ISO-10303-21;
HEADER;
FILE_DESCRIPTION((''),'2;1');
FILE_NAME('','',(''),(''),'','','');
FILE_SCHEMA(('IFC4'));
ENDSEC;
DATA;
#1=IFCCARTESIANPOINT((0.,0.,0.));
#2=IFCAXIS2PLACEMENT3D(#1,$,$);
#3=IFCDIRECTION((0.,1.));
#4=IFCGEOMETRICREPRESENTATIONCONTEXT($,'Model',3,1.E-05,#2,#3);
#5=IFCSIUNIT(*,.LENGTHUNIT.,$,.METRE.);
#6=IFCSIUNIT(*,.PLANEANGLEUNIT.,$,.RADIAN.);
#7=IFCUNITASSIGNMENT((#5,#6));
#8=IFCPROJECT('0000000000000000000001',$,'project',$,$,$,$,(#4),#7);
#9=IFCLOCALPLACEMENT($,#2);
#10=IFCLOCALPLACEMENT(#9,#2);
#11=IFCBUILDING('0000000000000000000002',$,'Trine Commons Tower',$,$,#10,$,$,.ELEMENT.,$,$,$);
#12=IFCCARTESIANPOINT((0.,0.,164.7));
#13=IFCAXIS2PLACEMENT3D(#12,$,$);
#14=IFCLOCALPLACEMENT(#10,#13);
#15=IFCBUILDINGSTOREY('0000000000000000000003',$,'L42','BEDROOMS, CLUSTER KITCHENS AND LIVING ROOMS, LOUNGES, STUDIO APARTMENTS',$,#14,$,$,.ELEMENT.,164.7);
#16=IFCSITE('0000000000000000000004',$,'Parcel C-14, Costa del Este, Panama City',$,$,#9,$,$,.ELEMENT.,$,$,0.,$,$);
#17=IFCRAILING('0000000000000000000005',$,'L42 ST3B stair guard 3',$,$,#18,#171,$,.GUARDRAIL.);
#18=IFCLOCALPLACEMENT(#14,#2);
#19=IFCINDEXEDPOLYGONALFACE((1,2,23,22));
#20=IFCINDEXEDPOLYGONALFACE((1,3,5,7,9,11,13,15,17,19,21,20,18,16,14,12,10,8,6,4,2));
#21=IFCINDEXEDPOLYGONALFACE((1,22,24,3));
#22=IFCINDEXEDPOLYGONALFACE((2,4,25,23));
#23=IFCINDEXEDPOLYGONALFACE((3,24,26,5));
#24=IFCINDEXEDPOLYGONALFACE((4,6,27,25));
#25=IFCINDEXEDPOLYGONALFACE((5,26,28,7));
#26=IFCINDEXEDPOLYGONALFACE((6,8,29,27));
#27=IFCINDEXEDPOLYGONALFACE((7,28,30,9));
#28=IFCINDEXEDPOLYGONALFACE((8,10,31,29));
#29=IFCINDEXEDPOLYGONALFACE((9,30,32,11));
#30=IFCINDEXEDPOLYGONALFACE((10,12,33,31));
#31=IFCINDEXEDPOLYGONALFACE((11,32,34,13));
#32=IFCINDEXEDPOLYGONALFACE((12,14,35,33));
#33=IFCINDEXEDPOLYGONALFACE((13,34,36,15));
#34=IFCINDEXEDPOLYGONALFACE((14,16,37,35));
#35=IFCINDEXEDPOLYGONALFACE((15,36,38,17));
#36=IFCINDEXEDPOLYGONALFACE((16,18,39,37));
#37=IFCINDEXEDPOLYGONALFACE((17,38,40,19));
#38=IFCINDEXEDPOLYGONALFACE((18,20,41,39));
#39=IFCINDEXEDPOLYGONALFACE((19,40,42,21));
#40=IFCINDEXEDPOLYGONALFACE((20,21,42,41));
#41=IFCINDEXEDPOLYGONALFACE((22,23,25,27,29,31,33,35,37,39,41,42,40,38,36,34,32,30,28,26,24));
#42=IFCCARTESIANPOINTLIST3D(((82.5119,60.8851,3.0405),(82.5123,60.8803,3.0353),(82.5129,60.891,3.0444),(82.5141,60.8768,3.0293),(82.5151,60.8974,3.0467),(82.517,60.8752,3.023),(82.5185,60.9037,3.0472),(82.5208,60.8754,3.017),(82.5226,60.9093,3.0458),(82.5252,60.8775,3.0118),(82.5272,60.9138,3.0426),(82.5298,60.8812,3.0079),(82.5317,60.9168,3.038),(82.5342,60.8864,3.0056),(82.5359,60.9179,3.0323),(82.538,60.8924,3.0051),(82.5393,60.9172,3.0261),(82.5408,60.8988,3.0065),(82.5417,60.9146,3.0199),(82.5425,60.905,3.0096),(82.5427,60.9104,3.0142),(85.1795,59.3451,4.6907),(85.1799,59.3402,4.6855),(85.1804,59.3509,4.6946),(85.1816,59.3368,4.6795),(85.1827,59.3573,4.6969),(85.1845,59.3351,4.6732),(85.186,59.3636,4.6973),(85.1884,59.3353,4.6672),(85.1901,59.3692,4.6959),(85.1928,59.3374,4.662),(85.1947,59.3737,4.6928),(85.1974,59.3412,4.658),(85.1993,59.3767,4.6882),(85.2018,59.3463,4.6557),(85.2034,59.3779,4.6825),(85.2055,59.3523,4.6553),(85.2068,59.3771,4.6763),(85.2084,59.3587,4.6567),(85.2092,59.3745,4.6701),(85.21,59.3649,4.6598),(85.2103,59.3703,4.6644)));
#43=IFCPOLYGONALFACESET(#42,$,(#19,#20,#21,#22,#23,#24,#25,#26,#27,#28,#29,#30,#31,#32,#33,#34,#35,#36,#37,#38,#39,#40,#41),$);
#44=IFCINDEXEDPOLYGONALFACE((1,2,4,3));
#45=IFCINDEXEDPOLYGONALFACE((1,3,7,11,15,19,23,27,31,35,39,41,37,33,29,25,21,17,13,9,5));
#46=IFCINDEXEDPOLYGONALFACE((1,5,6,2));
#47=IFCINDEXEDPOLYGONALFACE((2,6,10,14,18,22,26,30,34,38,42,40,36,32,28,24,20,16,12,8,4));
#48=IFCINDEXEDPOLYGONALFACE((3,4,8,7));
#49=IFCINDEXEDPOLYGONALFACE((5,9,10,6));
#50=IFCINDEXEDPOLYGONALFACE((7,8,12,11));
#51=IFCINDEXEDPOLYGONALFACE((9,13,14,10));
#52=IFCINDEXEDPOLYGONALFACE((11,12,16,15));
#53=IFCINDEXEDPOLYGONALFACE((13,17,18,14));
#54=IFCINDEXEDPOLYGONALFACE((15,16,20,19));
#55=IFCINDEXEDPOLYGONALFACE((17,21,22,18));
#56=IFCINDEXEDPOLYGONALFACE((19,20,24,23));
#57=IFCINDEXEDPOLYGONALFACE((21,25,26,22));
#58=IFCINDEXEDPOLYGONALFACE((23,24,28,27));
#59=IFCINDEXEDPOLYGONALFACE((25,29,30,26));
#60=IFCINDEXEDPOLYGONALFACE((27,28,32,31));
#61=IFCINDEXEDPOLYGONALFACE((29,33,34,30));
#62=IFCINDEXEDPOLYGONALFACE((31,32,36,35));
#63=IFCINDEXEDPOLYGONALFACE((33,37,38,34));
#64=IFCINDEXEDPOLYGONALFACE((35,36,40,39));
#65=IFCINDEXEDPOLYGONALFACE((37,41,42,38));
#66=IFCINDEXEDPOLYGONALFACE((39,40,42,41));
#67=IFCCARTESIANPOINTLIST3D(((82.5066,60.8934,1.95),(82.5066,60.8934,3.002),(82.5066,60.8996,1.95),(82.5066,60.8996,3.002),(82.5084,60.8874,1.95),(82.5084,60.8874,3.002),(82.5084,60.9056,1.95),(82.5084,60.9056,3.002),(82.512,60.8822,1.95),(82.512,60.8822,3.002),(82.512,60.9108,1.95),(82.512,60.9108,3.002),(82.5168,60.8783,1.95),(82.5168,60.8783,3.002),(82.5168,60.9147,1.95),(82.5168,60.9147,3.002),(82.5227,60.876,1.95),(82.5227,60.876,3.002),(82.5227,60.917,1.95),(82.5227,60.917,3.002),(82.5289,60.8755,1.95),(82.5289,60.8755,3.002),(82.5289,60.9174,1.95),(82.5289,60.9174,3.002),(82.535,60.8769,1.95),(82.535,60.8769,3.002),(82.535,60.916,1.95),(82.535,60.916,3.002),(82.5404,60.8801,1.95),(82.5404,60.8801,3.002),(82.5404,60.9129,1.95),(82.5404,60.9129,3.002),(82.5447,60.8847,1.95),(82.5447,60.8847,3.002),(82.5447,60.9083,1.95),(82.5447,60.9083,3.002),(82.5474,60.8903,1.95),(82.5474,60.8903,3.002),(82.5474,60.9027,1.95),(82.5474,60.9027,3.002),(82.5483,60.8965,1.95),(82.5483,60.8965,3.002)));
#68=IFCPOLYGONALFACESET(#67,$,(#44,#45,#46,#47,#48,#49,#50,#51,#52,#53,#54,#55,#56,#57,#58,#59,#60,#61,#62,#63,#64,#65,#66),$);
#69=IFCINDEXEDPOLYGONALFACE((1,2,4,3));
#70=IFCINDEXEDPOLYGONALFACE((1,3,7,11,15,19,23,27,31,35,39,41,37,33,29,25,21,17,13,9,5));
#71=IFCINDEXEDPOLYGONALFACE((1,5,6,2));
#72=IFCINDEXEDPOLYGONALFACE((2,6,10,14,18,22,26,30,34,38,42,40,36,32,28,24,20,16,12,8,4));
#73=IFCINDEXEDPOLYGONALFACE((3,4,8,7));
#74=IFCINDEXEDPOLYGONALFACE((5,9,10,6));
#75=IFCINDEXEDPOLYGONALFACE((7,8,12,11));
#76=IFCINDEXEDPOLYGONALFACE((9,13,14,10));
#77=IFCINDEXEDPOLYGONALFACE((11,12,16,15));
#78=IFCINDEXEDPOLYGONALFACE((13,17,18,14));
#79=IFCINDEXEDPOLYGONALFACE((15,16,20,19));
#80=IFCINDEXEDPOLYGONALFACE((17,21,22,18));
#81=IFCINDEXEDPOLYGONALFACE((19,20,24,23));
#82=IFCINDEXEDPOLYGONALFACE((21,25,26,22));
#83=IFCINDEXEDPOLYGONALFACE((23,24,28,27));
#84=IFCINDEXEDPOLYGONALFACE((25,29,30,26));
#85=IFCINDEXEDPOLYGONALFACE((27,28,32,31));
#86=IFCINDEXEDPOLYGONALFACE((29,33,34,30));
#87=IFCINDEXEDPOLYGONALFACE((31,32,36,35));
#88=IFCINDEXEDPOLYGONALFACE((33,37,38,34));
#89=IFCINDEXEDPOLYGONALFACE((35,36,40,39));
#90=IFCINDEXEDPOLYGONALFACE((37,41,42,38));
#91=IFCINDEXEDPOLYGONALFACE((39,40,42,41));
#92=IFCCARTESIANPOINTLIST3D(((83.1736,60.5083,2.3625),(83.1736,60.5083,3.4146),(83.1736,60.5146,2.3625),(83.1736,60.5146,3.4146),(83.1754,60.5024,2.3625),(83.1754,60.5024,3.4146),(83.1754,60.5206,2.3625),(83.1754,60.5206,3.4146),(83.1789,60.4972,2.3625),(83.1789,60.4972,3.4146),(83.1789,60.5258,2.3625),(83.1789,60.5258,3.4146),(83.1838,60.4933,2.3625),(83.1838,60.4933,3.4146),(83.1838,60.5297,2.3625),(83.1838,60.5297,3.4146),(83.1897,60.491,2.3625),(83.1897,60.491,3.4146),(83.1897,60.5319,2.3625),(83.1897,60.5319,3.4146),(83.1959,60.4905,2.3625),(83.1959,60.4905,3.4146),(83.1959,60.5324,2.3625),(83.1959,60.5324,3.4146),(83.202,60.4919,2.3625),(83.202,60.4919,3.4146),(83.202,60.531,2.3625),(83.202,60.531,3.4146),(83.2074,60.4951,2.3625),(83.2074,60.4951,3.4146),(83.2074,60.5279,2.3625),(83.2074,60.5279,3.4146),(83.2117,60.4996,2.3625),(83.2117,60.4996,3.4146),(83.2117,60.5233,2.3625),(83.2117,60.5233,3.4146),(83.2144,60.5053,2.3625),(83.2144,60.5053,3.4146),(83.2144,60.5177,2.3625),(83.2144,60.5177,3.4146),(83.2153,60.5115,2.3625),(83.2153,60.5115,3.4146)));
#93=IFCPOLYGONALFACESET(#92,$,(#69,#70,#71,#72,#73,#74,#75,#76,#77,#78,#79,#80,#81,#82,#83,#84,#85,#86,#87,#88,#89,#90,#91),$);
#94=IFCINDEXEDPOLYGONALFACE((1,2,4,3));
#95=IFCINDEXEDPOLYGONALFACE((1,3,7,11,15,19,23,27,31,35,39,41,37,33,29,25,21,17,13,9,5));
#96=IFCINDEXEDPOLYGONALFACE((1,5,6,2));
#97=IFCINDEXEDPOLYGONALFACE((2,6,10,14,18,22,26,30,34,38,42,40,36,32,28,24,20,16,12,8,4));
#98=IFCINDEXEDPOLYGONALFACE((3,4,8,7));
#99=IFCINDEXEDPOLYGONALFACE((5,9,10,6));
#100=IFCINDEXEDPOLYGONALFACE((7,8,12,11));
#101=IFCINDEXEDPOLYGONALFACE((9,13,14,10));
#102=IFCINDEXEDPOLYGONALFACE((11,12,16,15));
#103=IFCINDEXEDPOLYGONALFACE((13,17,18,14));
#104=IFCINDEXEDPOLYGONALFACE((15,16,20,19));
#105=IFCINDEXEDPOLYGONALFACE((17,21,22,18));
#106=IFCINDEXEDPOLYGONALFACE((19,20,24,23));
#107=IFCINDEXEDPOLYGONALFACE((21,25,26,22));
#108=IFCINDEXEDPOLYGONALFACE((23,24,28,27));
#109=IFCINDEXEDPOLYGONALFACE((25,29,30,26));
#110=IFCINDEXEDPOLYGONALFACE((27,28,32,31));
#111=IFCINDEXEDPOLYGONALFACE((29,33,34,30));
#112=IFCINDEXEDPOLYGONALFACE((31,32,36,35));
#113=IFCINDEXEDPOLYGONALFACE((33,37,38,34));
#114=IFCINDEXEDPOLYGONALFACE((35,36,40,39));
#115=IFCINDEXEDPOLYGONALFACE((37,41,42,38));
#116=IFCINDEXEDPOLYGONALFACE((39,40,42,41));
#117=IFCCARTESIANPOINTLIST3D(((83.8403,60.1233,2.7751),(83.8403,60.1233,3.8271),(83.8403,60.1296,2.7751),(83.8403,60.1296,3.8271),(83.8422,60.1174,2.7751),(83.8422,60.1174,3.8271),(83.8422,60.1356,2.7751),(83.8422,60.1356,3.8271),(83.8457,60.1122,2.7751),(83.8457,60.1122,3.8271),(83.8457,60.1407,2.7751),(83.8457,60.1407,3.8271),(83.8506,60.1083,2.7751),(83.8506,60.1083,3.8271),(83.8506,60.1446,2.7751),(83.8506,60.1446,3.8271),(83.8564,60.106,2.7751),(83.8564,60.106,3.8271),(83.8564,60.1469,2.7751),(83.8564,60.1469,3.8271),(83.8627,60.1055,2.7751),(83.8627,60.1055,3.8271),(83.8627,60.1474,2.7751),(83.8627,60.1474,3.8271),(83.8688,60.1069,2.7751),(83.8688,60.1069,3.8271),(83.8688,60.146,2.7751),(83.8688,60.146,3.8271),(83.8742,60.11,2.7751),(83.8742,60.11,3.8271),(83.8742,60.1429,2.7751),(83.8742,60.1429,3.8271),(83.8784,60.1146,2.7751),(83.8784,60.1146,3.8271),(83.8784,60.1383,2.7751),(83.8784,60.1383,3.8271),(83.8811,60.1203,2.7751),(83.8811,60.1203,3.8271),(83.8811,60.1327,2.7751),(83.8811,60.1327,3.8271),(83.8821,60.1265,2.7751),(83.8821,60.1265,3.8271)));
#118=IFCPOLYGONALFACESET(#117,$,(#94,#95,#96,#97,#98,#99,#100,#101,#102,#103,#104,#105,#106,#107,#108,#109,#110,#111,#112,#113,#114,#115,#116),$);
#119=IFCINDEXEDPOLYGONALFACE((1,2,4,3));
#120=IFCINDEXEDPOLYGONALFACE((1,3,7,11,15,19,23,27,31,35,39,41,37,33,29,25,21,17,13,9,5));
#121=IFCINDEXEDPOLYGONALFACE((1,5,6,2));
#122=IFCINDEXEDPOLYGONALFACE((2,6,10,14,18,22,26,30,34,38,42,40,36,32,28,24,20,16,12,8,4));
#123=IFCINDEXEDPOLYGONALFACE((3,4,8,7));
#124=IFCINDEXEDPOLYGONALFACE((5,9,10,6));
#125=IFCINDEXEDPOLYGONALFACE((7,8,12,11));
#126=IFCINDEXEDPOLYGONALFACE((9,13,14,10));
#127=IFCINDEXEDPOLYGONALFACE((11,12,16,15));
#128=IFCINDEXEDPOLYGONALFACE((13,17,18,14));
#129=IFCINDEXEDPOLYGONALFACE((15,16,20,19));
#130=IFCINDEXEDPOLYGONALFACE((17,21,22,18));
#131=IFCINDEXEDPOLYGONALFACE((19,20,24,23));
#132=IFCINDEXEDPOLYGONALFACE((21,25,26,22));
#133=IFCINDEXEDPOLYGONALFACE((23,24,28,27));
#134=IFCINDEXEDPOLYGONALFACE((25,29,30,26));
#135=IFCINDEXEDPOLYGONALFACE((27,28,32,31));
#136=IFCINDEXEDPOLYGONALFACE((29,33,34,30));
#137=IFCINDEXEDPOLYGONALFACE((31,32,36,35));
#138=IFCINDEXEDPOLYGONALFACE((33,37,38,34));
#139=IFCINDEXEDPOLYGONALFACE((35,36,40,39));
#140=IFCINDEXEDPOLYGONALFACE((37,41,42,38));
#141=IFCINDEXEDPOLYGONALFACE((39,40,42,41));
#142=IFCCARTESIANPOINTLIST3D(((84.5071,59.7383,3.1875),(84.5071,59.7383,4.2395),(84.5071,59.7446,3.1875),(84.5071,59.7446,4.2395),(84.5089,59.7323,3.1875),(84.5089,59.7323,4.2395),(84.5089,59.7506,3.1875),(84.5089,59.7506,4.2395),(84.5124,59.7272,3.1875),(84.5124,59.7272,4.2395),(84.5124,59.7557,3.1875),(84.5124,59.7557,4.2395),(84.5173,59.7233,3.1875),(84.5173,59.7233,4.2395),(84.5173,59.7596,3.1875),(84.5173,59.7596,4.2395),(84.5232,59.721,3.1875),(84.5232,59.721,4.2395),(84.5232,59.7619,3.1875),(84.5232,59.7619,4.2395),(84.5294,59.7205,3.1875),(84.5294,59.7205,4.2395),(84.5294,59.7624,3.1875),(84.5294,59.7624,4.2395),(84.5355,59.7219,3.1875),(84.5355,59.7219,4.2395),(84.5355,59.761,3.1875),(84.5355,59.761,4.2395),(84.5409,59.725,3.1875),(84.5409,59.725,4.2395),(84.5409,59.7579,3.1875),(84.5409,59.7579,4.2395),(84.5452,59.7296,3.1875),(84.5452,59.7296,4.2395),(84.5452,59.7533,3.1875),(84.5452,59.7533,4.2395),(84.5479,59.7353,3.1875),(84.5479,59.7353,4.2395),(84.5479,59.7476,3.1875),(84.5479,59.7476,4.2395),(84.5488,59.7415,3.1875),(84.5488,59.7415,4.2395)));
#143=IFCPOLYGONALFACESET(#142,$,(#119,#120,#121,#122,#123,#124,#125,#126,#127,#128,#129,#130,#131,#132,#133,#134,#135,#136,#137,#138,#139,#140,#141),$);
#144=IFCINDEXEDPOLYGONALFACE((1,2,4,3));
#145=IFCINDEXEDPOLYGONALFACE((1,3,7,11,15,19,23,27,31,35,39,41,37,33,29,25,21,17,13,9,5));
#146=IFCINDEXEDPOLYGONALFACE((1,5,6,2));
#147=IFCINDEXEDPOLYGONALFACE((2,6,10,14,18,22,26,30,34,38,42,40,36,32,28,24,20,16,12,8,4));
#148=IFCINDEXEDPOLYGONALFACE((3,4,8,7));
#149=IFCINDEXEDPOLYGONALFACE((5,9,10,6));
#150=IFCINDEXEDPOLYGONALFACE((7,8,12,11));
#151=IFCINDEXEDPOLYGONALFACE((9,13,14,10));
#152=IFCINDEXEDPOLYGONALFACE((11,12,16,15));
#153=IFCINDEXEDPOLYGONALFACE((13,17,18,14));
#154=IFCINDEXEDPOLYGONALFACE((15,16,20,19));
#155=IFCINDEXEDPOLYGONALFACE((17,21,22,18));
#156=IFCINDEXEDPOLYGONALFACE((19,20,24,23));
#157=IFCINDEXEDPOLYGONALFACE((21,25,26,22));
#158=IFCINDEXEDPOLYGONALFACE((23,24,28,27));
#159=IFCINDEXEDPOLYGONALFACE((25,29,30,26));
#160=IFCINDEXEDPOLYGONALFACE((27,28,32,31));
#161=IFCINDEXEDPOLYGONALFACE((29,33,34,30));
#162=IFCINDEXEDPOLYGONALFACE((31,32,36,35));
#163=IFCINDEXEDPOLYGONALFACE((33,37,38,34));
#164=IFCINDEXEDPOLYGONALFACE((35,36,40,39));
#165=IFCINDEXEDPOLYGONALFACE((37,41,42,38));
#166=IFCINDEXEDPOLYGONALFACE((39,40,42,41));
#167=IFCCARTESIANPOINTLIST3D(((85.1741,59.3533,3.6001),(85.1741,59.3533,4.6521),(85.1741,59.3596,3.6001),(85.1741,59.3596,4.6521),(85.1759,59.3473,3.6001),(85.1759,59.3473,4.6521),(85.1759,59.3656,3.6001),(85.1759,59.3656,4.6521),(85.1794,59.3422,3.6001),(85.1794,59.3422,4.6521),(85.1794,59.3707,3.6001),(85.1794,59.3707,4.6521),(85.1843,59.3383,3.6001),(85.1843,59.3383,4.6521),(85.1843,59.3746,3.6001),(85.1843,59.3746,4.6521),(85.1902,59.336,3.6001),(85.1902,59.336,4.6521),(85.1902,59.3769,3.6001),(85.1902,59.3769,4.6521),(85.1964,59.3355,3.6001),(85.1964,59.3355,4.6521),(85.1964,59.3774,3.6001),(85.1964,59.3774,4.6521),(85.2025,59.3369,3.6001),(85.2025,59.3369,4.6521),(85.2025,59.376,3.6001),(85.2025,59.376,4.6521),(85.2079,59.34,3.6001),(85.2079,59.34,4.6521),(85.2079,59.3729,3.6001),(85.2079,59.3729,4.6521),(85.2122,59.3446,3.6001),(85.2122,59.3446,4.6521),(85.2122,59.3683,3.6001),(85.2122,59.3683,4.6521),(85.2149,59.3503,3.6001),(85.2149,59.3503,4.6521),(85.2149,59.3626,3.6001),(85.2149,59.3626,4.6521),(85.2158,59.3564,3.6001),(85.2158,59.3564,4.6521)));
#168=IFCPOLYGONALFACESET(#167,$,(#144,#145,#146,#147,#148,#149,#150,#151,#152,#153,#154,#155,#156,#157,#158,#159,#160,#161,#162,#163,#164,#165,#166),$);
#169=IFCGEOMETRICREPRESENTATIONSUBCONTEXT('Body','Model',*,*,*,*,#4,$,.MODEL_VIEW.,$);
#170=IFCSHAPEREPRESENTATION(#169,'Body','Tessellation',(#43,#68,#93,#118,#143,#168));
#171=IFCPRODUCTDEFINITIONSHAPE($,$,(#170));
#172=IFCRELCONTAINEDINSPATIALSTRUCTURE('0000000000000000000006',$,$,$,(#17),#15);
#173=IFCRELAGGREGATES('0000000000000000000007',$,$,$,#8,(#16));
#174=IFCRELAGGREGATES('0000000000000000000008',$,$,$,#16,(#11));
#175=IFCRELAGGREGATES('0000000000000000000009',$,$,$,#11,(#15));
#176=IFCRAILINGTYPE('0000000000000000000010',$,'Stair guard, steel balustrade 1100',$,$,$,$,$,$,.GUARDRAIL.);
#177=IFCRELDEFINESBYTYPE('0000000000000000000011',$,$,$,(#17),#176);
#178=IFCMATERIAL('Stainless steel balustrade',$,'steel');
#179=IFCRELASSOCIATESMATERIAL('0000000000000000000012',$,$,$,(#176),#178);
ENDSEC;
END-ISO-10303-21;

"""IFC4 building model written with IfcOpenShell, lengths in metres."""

from ifc_helpers import new_model, si_unit, direction, frame, origin, origin_2d, place, context, subcontext, project, spatial, circle, extrude, material, type_object, element, save


model = new_model("IFC4")

# Units and contexts
model_context = context("Model", 3, precision=1e-05, world=origin(), true_north=direction((0.0, 1.0)))
body_context = subcontext(model_context, "Body", "Model", "MODEL_VIEW")
ifc_project = project(units=[si_unit("LENGTHUNIT", "METRE"), si_unit("PLANEANGLEUNIT", "RADIAN")], contexts=[model_context])

# Site, building, storey
site_placement = place(None, origin())
site = spatial("IfcSite", under=ifc_project, at=site_placement, Name="Parcel C-14, Costa del Este, Panama City", CompositionType="ELEMENT", RefElevation=0.0)
building_placement = place(site_placement, origin())
building = spatial("IfcBuilding", under=site, at=building_placement, Name="Trine Commons Tower", CompositionType="ELEMENT")
storey_placement = place(building_placement, frame((0.0, 0.0, 164.7)))
storey = spatial("IfcBuildingStorey", under=building, at=storey_placement, Name="L42", Description="BEDROOMS, CLUSTER KITCHENS AND LIVING ROOMS, LOUNGES, STUDIO APARTMENTS", CompositionType="ELEMENT", Elevation=164.7)

# Railing
ifc_material_1 = material(Name="Stainless steel balustrade", Category="steel")
railing_type_1 = type_object("IfcRailingType", Name="Stair guard, steel balustrade 1100", PredefinedType="GUARDRAIL", material=ifc_material_1)
railing_1_placement = place(storey_placement, frame((82.5273, 60.8965, 1.95)))
element("IfcRailing", 1, at=railing_1_placement, inside=storey, type_object=railing_type_1, Name="L42 ST3B stair guard 3", PredefinedType="GUARDRAIL", context=body_context, shape_type="SweptSolid", body=[
    extrude(circle(Radius=0.0239, at=origin_2d()), frame((0.0, 0.0, 1.0762), z_axis=(0.76338, -0.440728, 0.472239), x_axis=(0.499992, 0.86603, 0.0)), (0.0, 0.0, 1.0), 3.4944),
    extrude(circle(Radius=0.021, at=origin_2d()), origin(), (0.0, 0.0, 1.0), 1.052),
    extrude(circle(Radius=0.021, at=origin_2d()), frame((0.667, -0.385, 0.4126)), (0.0, 0.0, 1.0), 1.052),
    extrude(circle(Radius=0.021, at=origin_2d()), frame((1.3337, -0.77, 0.8252)), (0.0, 0.0, 1.0), 1.052),
    extrude(circle(Radius=0.021, at=origin_2d()), frame((2.0005, -1.155, 1.2375)), (0.0, 0.0, 1.0), 1.052),
    extrude(circle(Radius=0.021, at=origin_2d()), frame((2.6675, -1.54, 1.6501)), (0.0, 0.0, 1.0), 1.052),
])

save(model, "model.ifc")
